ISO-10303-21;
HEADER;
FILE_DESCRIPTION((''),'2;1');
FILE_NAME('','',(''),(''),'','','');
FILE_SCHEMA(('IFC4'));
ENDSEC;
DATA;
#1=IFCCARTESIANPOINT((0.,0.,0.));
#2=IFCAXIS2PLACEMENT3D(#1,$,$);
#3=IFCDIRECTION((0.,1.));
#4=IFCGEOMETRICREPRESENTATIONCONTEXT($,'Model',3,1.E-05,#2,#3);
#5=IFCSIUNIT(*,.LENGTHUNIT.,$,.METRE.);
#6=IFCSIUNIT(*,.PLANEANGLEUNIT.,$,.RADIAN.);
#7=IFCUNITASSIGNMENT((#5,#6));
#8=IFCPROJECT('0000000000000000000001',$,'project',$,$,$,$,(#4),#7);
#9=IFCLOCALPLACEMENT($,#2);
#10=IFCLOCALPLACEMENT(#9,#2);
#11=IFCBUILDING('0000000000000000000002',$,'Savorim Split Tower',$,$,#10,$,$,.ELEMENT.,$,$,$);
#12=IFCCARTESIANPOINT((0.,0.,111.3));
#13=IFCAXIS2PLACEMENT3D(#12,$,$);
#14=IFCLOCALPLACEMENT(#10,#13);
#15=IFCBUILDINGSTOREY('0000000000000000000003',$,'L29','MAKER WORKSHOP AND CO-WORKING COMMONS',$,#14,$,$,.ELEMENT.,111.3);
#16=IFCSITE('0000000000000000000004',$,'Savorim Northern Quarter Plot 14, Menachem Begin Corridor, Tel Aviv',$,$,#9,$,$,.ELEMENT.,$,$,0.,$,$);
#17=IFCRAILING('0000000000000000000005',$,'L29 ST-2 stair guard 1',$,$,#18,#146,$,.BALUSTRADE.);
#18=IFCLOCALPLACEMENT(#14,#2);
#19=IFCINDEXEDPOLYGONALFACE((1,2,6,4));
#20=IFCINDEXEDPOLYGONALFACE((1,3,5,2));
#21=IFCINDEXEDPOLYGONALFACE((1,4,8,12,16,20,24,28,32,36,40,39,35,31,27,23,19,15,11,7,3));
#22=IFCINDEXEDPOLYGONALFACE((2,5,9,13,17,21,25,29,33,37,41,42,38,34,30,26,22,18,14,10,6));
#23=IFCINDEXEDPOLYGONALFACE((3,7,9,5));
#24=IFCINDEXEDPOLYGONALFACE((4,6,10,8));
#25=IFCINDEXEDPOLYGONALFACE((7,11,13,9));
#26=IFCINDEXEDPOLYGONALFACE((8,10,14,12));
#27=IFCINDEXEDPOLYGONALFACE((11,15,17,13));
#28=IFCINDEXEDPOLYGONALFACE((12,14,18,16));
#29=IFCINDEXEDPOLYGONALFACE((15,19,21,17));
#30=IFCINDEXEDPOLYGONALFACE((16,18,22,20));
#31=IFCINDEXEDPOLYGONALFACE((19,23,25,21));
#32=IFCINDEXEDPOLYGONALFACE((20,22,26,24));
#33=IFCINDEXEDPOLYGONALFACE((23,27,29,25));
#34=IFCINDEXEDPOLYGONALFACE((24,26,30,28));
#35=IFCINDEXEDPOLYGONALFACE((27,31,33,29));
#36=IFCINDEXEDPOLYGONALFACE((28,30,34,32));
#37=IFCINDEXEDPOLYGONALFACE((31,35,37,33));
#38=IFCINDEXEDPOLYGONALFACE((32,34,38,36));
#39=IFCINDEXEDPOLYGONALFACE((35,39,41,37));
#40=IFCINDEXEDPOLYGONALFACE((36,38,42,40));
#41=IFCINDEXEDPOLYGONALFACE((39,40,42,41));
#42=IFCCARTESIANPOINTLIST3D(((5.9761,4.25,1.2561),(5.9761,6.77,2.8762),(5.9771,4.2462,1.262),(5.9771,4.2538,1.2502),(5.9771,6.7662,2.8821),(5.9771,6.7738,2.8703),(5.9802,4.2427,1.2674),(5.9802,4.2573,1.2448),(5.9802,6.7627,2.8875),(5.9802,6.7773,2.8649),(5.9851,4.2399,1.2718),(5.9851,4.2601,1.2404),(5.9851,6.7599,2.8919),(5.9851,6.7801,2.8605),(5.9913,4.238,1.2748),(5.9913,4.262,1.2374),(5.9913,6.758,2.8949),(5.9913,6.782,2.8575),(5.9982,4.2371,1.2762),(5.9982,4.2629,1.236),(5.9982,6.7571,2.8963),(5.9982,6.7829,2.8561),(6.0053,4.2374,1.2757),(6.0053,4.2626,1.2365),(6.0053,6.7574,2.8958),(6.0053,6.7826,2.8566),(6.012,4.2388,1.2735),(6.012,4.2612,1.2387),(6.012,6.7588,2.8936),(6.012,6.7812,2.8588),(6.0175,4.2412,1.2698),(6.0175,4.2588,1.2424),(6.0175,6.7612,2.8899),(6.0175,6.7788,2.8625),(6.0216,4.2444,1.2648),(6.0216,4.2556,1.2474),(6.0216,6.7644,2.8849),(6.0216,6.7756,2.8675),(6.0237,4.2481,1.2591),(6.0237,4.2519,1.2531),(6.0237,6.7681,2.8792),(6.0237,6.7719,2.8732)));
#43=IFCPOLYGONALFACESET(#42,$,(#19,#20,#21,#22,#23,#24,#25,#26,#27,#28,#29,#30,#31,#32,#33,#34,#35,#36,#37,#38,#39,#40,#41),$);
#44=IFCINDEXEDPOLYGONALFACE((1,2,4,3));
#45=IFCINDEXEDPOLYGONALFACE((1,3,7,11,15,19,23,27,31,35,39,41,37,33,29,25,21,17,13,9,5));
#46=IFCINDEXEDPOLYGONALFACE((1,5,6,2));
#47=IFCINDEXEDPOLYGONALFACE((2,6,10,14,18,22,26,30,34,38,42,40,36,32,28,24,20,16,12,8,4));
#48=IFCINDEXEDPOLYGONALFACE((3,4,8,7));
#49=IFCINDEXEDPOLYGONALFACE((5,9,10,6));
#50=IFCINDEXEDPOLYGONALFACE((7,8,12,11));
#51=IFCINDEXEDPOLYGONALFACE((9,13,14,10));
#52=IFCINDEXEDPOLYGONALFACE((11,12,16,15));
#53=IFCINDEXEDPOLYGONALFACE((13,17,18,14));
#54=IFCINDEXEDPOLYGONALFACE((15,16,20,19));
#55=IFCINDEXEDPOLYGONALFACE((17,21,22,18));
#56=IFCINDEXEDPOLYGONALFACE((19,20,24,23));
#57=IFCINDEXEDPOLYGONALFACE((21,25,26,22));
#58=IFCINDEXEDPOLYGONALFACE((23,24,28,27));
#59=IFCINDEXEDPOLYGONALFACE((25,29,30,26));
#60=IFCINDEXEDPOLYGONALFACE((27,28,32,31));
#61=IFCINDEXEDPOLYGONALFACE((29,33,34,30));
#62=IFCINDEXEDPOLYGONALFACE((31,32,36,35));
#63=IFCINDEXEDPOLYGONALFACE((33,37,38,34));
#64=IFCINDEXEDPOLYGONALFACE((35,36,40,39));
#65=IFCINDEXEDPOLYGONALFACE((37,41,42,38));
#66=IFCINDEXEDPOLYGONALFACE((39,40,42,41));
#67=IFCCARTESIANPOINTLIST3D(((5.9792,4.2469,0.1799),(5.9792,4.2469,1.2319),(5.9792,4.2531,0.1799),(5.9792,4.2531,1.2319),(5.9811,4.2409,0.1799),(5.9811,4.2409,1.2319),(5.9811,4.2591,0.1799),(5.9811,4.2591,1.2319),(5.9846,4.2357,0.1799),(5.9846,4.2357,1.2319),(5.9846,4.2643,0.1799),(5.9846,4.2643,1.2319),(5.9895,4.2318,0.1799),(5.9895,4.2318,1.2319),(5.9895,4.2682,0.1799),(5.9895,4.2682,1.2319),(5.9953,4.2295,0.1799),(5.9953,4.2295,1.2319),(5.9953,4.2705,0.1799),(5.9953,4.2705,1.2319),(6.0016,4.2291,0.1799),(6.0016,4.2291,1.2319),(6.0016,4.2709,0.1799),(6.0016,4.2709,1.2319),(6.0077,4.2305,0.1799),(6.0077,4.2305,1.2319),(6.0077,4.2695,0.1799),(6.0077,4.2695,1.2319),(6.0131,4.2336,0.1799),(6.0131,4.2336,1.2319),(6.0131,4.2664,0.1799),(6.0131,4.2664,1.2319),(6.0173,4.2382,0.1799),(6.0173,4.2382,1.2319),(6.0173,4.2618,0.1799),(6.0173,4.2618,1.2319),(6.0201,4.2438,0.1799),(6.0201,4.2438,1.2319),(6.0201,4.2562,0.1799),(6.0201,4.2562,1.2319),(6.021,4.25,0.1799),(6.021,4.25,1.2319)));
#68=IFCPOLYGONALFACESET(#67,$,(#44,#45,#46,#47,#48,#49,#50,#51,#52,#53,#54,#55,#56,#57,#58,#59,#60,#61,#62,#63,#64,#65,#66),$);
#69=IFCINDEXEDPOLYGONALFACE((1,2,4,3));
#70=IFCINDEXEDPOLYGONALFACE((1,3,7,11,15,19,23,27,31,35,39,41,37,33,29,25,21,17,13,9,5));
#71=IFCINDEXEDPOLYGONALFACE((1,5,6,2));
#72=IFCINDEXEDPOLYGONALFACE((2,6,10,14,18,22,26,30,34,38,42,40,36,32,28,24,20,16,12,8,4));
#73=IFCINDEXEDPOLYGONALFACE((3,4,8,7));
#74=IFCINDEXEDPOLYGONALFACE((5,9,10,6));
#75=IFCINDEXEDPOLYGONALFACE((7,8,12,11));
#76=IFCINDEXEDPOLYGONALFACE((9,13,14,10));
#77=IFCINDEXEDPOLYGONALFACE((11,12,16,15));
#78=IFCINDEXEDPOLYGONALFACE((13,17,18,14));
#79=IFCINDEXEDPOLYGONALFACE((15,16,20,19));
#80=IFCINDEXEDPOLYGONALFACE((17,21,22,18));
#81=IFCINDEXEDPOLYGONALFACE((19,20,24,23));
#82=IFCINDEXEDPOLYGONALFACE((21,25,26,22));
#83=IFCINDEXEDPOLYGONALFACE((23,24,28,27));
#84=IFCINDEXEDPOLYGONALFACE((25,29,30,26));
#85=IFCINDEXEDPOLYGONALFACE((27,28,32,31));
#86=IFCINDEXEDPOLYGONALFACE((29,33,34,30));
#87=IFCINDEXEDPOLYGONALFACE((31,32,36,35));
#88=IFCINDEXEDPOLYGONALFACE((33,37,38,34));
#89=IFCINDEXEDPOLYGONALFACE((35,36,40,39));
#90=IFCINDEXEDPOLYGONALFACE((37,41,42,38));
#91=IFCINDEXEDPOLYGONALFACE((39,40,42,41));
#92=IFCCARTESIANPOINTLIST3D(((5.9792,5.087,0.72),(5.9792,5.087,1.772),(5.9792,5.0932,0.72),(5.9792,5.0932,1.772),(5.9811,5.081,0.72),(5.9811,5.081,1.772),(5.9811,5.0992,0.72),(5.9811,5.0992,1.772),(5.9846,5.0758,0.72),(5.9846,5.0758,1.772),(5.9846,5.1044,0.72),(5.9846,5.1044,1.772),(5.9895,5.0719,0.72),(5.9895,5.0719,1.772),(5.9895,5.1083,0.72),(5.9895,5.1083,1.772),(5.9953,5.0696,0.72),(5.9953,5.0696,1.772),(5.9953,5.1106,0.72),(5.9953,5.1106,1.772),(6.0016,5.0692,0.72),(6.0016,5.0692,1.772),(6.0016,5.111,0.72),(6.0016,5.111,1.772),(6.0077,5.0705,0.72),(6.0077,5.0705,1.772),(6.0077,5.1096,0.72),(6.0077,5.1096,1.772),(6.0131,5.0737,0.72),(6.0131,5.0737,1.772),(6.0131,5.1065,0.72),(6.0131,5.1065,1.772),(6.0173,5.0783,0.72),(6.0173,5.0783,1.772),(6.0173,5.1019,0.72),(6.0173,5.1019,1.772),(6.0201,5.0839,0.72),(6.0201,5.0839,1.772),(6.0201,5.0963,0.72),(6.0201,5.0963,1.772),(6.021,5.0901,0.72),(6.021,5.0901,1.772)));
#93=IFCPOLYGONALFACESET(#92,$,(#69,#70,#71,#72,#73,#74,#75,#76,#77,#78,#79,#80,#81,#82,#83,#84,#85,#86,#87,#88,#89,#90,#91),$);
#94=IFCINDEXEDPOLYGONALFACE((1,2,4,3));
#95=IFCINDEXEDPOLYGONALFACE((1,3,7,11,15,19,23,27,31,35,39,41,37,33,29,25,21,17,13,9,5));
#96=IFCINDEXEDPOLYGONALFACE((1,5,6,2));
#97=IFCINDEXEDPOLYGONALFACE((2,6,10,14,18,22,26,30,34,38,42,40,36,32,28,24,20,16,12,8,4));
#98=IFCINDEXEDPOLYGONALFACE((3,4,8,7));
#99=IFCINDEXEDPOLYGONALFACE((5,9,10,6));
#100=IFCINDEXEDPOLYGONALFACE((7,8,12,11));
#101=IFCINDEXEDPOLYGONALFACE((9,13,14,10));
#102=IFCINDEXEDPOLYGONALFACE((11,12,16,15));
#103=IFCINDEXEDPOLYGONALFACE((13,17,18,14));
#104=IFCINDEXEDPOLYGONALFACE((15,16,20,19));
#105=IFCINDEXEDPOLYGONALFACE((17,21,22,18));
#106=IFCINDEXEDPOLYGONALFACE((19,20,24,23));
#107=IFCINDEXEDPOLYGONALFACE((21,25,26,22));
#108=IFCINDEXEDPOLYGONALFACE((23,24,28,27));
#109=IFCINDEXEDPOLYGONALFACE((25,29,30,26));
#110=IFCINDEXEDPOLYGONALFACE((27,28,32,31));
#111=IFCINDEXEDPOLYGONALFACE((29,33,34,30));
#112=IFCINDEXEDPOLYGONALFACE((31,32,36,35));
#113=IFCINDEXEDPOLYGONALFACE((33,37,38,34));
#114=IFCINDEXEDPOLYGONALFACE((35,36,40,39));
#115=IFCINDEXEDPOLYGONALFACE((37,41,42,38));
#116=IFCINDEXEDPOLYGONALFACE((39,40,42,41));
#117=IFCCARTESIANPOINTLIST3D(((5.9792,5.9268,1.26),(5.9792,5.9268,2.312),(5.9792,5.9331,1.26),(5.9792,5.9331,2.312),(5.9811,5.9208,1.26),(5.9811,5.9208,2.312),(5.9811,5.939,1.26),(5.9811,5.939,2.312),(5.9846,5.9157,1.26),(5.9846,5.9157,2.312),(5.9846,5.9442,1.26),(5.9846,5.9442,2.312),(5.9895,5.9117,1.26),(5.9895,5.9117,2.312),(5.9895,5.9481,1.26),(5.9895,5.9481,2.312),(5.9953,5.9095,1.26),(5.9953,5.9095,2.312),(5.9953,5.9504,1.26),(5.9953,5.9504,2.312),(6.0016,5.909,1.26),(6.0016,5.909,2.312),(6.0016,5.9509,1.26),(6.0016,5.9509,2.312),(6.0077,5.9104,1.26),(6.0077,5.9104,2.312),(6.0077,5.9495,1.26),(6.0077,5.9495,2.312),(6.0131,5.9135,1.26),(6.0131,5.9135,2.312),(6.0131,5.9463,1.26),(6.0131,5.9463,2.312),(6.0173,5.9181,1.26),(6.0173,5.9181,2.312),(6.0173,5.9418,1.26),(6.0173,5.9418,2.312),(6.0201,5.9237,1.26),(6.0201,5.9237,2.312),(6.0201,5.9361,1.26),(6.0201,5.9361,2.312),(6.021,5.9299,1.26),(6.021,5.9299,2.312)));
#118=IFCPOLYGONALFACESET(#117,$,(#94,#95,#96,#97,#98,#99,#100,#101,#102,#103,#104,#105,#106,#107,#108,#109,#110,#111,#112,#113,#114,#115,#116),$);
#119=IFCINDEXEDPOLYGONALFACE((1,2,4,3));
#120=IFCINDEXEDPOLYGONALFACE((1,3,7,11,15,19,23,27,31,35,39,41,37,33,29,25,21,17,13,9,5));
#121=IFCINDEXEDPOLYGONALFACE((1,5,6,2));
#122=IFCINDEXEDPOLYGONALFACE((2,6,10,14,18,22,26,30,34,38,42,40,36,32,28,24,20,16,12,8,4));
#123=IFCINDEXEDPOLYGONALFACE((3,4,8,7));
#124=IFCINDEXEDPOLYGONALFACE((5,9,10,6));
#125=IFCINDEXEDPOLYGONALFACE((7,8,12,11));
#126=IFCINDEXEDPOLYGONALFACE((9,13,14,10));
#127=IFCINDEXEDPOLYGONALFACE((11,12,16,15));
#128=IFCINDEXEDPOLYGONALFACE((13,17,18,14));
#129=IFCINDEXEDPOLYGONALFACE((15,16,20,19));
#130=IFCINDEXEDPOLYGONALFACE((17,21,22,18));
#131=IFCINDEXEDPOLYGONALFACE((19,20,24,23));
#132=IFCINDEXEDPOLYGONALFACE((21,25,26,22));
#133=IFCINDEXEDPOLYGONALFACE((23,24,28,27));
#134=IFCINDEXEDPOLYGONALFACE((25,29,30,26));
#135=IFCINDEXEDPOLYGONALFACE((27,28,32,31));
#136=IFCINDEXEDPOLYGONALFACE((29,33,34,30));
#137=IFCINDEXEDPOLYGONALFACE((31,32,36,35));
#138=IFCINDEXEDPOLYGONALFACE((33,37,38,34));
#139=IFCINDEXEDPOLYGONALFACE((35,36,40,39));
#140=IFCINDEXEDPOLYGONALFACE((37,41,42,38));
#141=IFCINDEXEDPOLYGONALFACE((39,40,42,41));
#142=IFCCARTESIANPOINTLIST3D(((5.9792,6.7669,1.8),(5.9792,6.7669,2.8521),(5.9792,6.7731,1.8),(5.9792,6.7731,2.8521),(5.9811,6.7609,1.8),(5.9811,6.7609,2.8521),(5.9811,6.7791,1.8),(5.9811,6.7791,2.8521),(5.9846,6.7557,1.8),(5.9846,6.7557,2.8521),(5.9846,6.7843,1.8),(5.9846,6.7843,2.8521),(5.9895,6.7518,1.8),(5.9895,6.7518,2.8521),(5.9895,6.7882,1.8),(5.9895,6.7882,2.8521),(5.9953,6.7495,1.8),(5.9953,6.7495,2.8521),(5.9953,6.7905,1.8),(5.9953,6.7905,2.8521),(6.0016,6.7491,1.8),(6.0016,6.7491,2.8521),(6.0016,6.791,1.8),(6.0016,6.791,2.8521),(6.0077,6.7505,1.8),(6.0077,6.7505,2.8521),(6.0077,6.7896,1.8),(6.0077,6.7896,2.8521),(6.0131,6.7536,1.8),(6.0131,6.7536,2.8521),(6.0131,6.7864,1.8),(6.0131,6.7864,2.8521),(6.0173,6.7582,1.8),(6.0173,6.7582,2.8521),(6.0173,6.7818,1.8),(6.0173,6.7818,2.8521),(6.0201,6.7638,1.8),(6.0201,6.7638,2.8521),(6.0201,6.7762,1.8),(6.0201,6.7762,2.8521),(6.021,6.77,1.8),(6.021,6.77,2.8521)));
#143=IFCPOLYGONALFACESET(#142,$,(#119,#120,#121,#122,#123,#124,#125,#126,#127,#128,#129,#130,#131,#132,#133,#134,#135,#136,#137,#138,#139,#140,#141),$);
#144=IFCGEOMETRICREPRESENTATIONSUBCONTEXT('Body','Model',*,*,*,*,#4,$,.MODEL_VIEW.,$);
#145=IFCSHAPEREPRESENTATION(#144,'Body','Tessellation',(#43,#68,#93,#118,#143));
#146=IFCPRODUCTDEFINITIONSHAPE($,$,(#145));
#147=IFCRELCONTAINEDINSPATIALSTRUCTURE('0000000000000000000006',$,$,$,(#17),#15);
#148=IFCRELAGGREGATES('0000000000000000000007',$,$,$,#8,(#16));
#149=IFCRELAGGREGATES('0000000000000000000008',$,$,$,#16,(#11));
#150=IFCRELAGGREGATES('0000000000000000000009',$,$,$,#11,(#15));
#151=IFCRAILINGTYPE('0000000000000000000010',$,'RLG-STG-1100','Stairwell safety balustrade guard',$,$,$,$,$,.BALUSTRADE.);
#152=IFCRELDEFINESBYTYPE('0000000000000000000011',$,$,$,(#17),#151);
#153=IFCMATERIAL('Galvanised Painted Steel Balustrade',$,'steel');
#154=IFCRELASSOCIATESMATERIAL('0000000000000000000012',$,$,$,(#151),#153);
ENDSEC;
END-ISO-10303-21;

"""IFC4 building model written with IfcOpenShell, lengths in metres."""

from ifc_helpers import new_model, si_unit, direction, frame, origin, origin_2d, place, context, subcontext, project, spatial, circle, extrude, material, type_object, element, save


model = new_model("IFC4")

# Units and contexts
model_context = context("Model", 3, precision=1e-05, world=origin(), true_north=direction((0.0, 1.0)))
body_context = subcontext(model_context, "Body", "Model", "MODEL_VIEW")
ifc_project = project(units=[si_unit("LENGTHUNIT", "METRE"), si_unit("PLANEANGLEUNIT", "RADIAN")], contexts=[model_context])

# Site, building, storey
site_placement = place(None, origin())
site = spatial("IfcSite", under=ifc_project, at=site_placement, Name="Savorim Northern Quarter Plot 14, Menachem Begin Corridor, Tel Aviv", CompositionType="ELEMENT", RefElevation=0.0)
building_placement = place(site_placement, origin())
building = spatial("IfcBuilding", under=site, at=building_placement, Name="Savorim Split Tower", CompositionType="ELEMENT")
storey_placement = place(building_placement, frame((0.0, 0.0, 111.3)))
storey = spatial("IfcBuildingStorey", under=building, at=storey_placement, Name="L29", Description="MAKER WORKSHOP AND CO-WORKING COMMONS", CompositionType="ELEMENT", Elevation=111.3)

# Railing
ifc_material_1 = material(Name="Galvanised Painted Steel Balustrade", Category="steel")
railing_type_1 = type_object("IfcRailingType", Name="RLG-STG-1100", Description="Stairwell safety balustrade guard", PredefinedType="BALUSTRADE", material=ifc_material_1)
railing_1_placement = place(storey_placement, frame((6.0, 4.25, 0.1799)))
element("IfcRailing", 1, at=railing_1_placement, inside=storey, type_object=railing_type_1, Name="L29 ST-2 stair guard 1", PredefinedType="BALUSTRADE", context=body_context, shape_type="SweptSolid", body=[
    extrude(circle(Radius=0.0239, at=origin_2d()), frame((0.0, 0.0, 1.0762), z_axis=(0.0, 0.841163, 0.540782), x_axis=(-1.0, 0.0, 0.0)), (0.0, 0.0, 1.0), 2.9958),
    extrude(circle(Radius=0.021, at=origin_2d()), origin(), (0.0, 0.0, 1.0), 1.052),
    extrude(circle(Radius=0.021, at=origin_2d()), frame((0.0, 0.8401, 0.54)), (0.0, 0.0, 1.0), 1.052),
    extrude(circle(Radius=0.021, at=origin_2d()), frame((0.0, 1.6799, 1.0801)), (0.0, 0.0, 1.0), 1.052),
    extrude(circle(Radius=0.021, at=origin_2d()), frame((0.0, 2.52, 1.6201)), (0.0, 0.0, 1.0), 1.052),
])

save(model, "model.ifc")
